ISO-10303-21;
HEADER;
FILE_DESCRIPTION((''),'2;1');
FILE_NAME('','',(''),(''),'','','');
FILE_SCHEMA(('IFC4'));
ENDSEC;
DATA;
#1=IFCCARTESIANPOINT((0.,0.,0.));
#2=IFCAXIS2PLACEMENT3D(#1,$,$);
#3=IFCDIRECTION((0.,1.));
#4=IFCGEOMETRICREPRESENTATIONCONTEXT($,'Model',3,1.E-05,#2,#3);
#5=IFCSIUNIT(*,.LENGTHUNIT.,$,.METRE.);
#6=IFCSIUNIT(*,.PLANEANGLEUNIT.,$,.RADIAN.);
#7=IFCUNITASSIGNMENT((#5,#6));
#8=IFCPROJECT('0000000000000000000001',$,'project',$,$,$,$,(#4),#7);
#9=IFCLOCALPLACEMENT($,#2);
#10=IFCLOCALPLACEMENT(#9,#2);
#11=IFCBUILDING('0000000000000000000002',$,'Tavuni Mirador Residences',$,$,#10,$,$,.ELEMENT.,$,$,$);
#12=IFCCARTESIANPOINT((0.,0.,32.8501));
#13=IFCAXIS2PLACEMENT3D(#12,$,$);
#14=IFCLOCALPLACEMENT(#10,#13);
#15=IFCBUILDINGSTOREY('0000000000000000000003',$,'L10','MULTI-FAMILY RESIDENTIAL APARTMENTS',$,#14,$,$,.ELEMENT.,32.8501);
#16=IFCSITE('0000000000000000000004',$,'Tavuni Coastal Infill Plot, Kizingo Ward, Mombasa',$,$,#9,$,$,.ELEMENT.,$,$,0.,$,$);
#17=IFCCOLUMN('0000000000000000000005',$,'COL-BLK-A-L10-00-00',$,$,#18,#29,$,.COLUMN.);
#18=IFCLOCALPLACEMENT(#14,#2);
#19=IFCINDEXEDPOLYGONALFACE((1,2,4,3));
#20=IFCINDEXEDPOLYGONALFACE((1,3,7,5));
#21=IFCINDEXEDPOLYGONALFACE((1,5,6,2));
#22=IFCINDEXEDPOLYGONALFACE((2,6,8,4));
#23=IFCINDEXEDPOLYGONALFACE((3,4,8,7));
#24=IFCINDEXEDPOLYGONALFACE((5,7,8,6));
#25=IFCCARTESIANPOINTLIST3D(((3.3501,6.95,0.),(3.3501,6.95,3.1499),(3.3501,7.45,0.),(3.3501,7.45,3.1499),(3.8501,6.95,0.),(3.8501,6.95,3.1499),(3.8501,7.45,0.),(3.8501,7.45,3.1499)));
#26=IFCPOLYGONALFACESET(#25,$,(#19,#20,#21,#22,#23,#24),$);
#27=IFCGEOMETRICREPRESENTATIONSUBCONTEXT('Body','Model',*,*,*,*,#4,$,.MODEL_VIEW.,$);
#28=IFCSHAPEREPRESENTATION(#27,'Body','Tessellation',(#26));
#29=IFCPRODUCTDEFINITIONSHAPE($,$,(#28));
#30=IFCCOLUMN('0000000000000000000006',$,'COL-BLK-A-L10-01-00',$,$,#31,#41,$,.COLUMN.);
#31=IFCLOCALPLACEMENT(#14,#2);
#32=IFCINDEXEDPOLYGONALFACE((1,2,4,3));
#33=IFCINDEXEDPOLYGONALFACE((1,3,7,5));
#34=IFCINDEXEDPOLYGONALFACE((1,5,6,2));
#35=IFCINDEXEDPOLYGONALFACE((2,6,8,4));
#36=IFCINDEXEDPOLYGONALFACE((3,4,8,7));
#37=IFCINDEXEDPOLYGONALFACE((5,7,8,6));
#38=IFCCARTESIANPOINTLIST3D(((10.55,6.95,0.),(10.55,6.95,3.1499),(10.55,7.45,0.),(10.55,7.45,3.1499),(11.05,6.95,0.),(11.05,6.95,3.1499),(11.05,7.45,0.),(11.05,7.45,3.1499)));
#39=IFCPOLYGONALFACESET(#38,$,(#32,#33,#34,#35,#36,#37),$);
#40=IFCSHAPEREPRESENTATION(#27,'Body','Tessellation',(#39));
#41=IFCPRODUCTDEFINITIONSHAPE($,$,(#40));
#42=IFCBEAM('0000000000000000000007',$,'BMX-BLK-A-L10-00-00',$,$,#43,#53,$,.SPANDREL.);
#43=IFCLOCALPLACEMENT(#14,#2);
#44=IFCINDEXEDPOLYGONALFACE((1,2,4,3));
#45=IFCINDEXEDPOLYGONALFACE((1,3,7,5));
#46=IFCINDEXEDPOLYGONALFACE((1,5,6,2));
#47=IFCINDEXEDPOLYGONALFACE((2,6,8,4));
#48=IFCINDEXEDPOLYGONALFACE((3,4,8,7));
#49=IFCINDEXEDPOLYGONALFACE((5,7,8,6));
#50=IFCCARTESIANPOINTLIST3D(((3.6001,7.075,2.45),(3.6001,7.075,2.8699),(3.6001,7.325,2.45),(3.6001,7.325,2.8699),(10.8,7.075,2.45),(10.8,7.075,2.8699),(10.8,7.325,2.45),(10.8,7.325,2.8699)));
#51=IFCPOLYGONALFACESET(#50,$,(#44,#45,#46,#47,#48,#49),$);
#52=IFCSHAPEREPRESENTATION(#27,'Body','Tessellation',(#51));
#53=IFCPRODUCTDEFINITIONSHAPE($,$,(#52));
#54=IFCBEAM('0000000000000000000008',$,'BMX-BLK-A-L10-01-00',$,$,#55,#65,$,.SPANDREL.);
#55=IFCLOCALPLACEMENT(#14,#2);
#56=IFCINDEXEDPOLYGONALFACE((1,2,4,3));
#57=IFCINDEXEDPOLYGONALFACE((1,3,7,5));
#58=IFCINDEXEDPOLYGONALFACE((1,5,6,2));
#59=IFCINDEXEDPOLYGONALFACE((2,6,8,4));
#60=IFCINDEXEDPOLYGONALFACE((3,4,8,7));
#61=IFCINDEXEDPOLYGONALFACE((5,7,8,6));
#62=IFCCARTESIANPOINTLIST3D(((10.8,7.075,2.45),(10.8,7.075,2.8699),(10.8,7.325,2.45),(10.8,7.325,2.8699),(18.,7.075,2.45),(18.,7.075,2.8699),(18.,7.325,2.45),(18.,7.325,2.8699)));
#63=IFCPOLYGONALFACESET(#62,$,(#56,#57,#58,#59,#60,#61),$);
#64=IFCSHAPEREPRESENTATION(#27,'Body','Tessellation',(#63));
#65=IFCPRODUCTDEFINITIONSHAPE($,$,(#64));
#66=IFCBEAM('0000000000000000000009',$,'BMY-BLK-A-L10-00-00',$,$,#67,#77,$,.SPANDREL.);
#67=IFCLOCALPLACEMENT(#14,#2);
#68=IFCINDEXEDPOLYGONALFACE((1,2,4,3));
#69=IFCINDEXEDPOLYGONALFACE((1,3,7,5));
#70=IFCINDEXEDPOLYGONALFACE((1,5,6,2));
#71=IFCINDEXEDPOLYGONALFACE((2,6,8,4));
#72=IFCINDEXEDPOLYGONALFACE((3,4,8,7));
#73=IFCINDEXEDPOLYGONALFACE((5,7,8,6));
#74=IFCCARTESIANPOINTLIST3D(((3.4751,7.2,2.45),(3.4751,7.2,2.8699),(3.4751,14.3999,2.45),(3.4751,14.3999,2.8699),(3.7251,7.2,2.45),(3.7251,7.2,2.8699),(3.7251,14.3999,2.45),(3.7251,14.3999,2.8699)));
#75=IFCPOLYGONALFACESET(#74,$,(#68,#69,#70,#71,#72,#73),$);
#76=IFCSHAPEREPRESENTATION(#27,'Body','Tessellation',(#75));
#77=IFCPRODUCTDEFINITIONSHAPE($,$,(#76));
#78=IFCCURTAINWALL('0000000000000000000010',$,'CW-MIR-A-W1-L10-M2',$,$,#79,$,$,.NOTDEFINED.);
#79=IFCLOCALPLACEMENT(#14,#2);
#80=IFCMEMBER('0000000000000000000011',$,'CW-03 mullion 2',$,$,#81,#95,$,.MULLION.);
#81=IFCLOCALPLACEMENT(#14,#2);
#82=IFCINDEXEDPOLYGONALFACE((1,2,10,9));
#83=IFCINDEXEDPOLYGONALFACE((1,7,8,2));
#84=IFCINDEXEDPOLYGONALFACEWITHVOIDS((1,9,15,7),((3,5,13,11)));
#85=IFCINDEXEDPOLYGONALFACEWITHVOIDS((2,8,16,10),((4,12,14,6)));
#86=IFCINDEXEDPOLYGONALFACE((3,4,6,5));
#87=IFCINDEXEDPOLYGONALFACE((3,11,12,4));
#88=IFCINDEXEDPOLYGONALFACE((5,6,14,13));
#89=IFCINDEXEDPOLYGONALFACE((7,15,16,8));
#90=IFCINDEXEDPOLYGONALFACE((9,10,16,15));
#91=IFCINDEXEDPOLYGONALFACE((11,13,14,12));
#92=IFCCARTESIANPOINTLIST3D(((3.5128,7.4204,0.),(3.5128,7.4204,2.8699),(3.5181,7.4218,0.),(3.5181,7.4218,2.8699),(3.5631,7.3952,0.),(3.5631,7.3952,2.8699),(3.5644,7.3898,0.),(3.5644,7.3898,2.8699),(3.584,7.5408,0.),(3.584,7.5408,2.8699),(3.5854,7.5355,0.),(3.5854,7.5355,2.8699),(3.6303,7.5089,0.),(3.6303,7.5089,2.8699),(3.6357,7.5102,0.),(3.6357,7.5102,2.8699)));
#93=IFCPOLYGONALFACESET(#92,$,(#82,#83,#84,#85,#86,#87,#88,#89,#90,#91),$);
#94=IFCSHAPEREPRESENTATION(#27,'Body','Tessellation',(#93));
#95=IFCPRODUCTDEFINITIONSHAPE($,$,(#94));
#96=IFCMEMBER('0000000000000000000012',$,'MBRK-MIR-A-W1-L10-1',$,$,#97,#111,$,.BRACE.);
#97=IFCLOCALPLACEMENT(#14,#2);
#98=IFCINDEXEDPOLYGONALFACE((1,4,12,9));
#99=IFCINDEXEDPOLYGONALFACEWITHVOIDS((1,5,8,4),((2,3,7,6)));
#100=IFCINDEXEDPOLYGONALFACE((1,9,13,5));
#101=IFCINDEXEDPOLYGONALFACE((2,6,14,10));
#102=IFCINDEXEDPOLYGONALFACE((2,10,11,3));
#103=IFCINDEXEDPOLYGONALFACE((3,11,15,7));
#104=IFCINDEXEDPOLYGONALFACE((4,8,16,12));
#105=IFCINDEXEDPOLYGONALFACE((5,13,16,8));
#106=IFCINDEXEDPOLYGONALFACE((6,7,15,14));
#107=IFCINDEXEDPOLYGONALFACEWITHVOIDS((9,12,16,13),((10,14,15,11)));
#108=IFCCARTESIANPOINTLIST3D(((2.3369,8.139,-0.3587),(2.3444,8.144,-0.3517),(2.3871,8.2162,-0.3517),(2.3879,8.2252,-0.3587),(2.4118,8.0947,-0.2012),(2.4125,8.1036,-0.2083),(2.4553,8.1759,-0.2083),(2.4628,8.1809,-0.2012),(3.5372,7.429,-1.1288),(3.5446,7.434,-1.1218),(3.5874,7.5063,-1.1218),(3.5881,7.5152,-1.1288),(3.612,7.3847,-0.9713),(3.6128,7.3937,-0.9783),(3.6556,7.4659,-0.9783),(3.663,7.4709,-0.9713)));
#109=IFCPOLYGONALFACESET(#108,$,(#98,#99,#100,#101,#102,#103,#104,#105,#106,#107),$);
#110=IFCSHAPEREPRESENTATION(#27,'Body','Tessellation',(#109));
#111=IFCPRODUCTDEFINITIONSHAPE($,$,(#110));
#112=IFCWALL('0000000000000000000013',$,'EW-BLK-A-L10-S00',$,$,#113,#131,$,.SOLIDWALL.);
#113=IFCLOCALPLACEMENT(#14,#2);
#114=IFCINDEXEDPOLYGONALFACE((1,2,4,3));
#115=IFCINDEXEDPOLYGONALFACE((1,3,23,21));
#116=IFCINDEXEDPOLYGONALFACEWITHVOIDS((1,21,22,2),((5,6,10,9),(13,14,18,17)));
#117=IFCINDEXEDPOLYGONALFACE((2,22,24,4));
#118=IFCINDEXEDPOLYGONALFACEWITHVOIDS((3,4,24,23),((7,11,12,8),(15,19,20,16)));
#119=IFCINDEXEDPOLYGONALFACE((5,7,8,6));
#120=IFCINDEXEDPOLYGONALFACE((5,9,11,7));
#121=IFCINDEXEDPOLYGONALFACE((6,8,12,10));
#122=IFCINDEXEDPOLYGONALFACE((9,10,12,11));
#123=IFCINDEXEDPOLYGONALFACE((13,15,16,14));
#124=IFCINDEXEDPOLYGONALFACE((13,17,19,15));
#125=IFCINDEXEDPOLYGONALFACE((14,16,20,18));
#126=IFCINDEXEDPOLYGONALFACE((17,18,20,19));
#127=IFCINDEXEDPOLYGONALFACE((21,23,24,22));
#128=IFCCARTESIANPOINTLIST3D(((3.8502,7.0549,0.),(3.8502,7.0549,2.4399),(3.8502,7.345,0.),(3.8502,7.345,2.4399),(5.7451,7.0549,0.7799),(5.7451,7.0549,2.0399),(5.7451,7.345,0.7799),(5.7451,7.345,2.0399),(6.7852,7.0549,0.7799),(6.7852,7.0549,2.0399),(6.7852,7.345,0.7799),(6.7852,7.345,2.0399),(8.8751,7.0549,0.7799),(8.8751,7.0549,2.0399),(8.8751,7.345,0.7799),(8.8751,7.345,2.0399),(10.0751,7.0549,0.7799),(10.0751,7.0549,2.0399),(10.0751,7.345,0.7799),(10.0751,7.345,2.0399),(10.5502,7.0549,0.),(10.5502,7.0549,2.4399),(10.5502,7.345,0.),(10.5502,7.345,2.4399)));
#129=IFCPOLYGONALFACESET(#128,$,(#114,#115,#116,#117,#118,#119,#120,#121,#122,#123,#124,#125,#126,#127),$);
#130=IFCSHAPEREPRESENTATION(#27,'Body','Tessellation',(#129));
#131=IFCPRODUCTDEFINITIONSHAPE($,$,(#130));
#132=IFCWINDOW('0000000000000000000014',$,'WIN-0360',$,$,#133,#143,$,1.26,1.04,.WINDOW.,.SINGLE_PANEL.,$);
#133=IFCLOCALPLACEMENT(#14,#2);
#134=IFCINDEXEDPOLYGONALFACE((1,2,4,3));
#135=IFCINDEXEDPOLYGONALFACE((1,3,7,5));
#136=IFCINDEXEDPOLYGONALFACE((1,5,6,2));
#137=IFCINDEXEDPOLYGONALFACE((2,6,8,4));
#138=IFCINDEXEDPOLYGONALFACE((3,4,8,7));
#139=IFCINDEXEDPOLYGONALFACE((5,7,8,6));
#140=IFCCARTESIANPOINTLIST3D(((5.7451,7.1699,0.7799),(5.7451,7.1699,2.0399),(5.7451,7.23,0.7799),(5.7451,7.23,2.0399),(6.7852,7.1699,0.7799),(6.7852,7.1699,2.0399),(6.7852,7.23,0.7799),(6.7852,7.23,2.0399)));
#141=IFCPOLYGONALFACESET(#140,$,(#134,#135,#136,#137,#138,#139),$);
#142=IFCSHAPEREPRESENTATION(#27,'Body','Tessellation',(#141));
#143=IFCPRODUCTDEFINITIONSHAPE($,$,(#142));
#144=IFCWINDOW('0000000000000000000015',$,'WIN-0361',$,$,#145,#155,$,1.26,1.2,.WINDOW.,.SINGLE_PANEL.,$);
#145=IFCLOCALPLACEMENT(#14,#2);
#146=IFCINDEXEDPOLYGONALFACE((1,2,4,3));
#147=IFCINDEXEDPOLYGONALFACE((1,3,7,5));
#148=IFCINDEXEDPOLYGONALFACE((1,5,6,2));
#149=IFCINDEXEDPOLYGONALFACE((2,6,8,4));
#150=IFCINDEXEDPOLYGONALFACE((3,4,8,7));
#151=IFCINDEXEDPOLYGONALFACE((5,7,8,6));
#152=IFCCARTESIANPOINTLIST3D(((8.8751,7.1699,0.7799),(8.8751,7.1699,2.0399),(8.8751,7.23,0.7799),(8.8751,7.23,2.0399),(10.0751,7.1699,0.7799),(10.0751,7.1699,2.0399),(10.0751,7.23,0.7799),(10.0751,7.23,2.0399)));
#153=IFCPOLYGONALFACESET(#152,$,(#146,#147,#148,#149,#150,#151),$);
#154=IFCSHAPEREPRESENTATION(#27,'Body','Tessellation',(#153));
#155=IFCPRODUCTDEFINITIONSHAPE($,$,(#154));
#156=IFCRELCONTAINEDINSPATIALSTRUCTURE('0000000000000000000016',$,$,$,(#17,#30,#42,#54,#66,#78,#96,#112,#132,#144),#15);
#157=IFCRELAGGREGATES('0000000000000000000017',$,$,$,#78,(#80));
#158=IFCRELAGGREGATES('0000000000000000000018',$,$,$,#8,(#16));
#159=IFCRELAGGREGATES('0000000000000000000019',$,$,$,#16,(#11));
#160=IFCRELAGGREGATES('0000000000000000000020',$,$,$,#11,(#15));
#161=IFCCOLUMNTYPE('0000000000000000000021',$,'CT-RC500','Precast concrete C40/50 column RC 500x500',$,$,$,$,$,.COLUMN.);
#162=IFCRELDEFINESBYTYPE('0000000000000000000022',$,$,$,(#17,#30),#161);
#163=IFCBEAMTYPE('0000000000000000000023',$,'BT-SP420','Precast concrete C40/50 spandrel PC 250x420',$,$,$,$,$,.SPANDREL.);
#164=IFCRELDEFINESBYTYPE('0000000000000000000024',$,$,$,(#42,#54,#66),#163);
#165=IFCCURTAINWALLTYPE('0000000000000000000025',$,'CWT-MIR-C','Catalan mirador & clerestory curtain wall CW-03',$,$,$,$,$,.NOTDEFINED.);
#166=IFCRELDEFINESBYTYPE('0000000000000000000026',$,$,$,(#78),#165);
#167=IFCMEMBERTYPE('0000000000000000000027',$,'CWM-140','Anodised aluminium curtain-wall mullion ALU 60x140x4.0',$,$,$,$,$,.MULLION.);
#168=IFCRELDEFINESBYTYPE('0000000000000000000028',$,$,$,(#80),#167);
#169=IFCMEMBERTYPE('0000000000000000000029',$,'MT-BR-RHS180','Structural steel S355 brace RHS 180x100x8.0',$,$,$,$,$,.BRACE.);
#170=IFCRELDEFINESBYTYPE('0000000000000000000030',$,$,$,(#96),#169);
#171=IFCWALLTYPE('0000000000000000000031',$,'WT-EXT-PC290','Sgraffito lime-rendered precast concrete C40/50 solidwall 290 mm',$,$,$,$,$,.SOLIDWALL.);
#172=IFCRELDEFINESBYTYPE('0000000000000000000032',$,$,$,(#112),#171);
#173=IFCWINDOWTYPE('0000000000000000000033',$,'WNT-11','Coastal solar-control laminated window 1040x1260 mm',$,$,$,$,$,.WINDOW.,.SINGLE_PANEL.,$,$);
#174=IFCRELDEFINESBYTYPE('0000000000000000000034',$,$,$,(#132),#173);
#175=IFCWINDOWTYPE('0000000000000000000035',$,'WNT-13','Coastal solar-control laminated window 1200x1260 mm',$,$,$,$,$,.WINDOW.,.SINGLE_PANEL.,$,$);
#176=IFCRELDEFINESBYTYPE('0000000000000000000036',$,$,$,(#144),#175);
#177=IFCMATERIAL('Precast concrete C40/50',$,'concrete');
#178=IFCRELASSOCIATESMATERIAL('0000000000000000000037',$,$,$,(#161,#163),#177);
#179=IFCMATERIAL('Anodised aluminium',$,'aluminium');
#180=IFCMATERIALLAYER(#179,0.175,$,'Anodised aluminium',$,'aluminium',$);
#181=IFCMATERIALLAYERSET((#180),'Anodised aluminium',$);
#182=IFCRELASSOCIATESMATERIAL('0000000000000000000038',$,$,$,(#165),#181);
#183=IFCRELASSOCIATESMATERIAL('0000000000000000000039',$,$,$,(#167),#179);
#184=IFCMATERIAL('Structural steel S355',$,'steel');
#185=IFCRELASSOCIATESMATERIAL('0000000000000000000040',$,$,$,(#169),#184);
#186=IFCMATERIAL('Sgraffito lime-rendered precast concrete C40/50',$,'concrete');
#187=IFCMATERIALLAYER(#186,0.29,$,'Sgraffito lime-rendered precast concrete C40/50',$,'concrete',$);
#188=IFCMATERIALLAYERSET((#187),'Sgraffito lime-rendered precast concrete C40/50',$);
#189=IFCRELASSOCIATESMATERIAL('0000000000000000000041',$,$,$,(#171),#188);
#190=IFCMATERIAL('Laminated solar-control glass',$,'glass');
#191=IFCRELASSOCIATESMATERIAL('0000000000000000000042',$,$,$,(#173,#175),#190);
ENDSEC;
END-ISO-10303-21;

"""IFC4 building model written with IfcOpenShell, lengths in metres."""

from ifc_helpers import new_model, si_unit, direction, frame, frame_2d, origin, origin_2d, place, context, subcontext, project, spatial, rectangle, hollow_rectangle, extrude, material, layer, layer_set, material_profile, profile_set, type_object, element, fill, aggregate, save


model = new_model("IFC4")

# Units and contexts
model_context = context("Model", 3, precision=1e-05, world=origin(), true_north=direction((0.0, 1.0)))
body_context = subcontext(model_context, "Body", "Model", "MODEL_VIEW")
ifc_project = project(units=[si_unit("LENGTHUNIT", "METRE"), si_unit("PLANEANGLEUNIT", "RADIAN")], contexts=[model_context])

# Site, building, storey
site_placement = place(None, origin())
site = spatial("IfcSite", under=ifc_project, at=site_placement, Name="Tavuni Coastal Infill Plot, Kizingo Ward, Mombasa", CompositionType="ELEMENT", RefElevation=0.0)
building_placement = place(site_placement, origin())
building = spatial("IfcBuilding", under=site, at=building_placement, Name="Tavuni Mirador Residences", CompositionType="ELEMENT")
storey_placement = place(building_placement, frame((0.0, 0.0, 32.8501)))
storey = spatial("IfcBuildingStorey", under=building, at=storey_placement, Name="L10", Description="MULTI-FAMILY RESIDENTIAL APARTMENTS", CompositionType="ELEMENT", Elevation=32.8501)

# Columns
ifc_material_1 = material(Name="Precast concrete C40/50", Category="concrete")
ifc_material_profile_1 = material_profile(ifc_material_1, rectangle(XDim=0.5, YDim=0.5, at=origin_2d()), Name="RC 500x500", Category="concrete")
ifc_profile_set_1 = profile_set([ifc_material_profile_1], Name="Precast concrete C40/50")
column_type = type_object("IfcColumnType", Name="CT-RC500", Description="Precast concrete C40/50 column RC 500x500", PredefinedType="COLUMN", material=ifc_profile_set_1)
for number, where, z_axis, x_axis, name in (
    (1, (3.6001, 7.2, 0.0), (0.0, 0.0, 1.0), (1.0, 0.0, 0.0), "COL-BLK-A-L10-00-00"),
    (2, (10.8, 7.2, 0.0), (0.0, 0.0, 1.0), (1.0, 0.0, 0.0), "COL-BLK-A-L10-01-00"),
):
    element("IfcColumn", number, at=place(storey_placement, frame(where, z_axis=z_axis, x_axis=x_axis)), inside=storey, type_object=column_type, Name=name, PredefinedType="COLUMN", context=body_context, shape_type="SweptSolid", body=[
        extrude(rectangle(XDim=0.5, YDim=0.5, at=origin_2d()), origin(), (0.0, 0.0, 1.0), 3.1499),
    ])

# Beams
ifc_material_profile_2 = material_profile(ifc_material_1, rectangle(XDim=0.25, YDim=0.4199, at=origin_2d()), Name="PC 250x420", Category="concrete")
ifc_profile_set_2 = profile_set([ifc_material_profile_2], Name="Precast concrete C40/50")
beam_type = type_object("IfcBeamType", Name="BT-SP420", Description="Precast concrete C40/50 spandrel PC 250x420", PredefinedType="SPANDREL", material=ifc_profile_set_2)
for number, where, z_axis, x_axis, name in (
    (3, (3.6001, 7.2, 2.6599), (1.0, 0.0, 0.0), (0.0, 1.0, 0.0), "BMX-BLK-A-L10-00-00"),
    (4, (10.8, 7.2, 2.6599), (1.0, 0.0, 0.0), (0.0, 1.0, 0.0), "BMX-BLK-A-L10-01-00"),
    (5, (3.6001, 7.2, 2.6599), (0.0, 1.0, 0.0), (-1.0, 0.0, 0.0), "BMY-BLK-A-L10-00-00"),
):
    element("IfcBeam", number, at=place(storey_placement, frame(where, z_axis=z_axis, x_axis=x_axis)), inside=storey, type_object=beam_type, Name=name, PredefinedType="SPANDREL", context=body_context, shape_type="SweptSolid", body=[
        extrude(rectangle(XDim=0.25, YDim=0.4199, at=origin_2d()), origin(), (0.0, 0.0, 1.0), 7.2),
    ])

# Curtain wall, member
ifc_material_2 = material(Name="Anodised aluminium", Category="aluminium")
ifc_layer_1 = layer(ifc_material_2, 0.175, Name="Anodised aluminium", Category="aluminium")
ifc_layer_set_1 = layer_set([ifc_layer_1], Name="Anodised aluminium")
curtain_wall_type = type_object("IfcCurtainWallType", Name="CWT-MIR-C", Description="Catalan mirador & clerestory curtain wall CW-03", PredefinedType="NOTDEFINED", material=ifc_layer_set_1)
curtain_wall_placement = place(storey_placement, origin())
curtain_wall = element("IfcCurtainWall", 6, at=curtain_wall_placement, inside=storey, type_object=curtain_wall_type, Name="CW-MIR-A-W1-L10-M2", PredefinedType="NOTDEFINED")
ifc_material_profile_3 = material_profile(ifc_material_2, hollow_rectangle(XDim=0.0601, YDim=0.1399, WallThickness=0.0039, at=origin_2d()), Name="ALU 60x140x4.0", Category="aluminium")
ifc_profile_set_3 = profile_set([ifc_material_profile_3], Name="Anodised aluminium")
member_type_1 = type_object("IfcMemberType", Name="CWM-140", Description="Anodised aluminium curtain-wall mullion ALU 60x140x4.0", PredefinedType="MULLION", material=ifc_profile_set_3)
member_1_placement = place(storey_placement, frame((3.5742, 7.4653, 0.0), z_axis=(0.0, 0.0, 1.0), x_axis=(0.860641, -0.509212, 0.0)))
member_1 = element("IfcMember", 7, at=member_1_placement, type_object=member_type_1, Name="CW-03 mullion 2", PredefinedType="MULLION", context=body_context, shape_type="SweptSolid", body=[
    extrude(hollow_rectangle(XDim=0.0601, YDim=0.1399, WallThickness=0.0039, at=origin_2d()), origin(), (0.0, 0.0, 1.0), 2.8699),
])
aggregate(curtain_wall, [member_1])

# Member
ifc_material_3 = material(Name="Structural steel S355", Category="steel")
ifc_material_profile_4 = material_profile(ifc_material_3, hollow_rectangle(XDim=0.1001, YDim=0.1799, WallThickness=0.0081, at=origin_2d()), Name="RHS 180x100x8.0", Category="steel")
ifc_profile_set_4 = profile_set([ifc_material_profile_4], Name="Structural steel S355")
member_type_2 = type_object("IfcMemberType", Name="MT-BR-RHS180", Description="Structural steel S355 brace RHS 180x100x8.0", PredefinedType="BRACE", material=ifc_profile_set_4)
member_2_placement = place(storey_placement, frame((3.6001, 7.45, -1.05), z_axis=(-0.753449, 0.445693, 0.483397), x_axis=(-0.50913, -0.860689, 0.0)))
element("IfcMember", 8, at=member_2_placement, inside=storey, type_object=member_type_2, Name="MBRK-MIR-A-W1-L10-1", PredefinedType="BRACE", context=body_context, shape_type="SweptSolid", body=[
    extrude(hollow_rectangle(XDim=0.1001, YDim=0.1799, WallThickness=0.0081, at=origin_2d()), origin(), (0.0, 0.0, 1.0), 1.593),
])

# Wall, openings, windows
ifc_material_4 = material(Name="Sgraffito lime-rendered precast concrete C40/50", Category="concrete")
ifc_layer_2 = layer(ifc_material_4, 0.29, Name="Sgraffito lime-rendered precast concrete C40/50", Category="concrete")
ifc_layer_set_2 = layer_set([ifc_layer_2], Name="Sgraffito lime-rendered precast concrete C40/50")
wall_type_1 = type_object("IfcWallType", Name="WT-EXT-PC290", Description="Sgraffito lime-rendered precast concrete C40/50 solidwall 290 mm", PredefinedType="SOLIDWALL", material=ifc_layer_set_2)
wall_1_placement = place(storey_placement, frame((3.8501, 7.2, 0.0), z_axis=(0.0, 0.0, 1.0), x_axis=(1.0, 0.0, 0.0)))
wall_1 = element("IfcWall", 9, at=wall_1_placement, inside=storey, type_object=wall_type_1, Name="EW-BLK-A-L10-S00", PredefinedType="SOLIDWALL", context=body_context, shape_type="SweptSolid", body=[
    extrude(rectangle(XDim=6.7, YDim=0.29, at=frame_2d((3.3501, 0.0))), origin(), (0.0, 0.0, 1.0), 2.4399),
])
opening_1_placement = place(wall_1_placement, frame((1.895, 0.0, 0.78)))
opening_1 = element("IfcOpeningElement", 10, at=opening_1_placement, cuts=wall_1, PredefinedType="OPENING", context=body_context, shape_type="SweptSolid", body=[
    extrude(rectangle(XDim=1.04, YDim=1.26, at=frame_2d((0.52, 0.6299))), frame((0.0, 0.155, 0.0), z_axis=(0.0, -1.0, 0.0), x_axis=(1.0, 0.0, 0.0)), (0.0, 0.0, 1.0), 0.3101),
])
opening_2_placement = place(wall_1_placement, frame((5.0249, 0.0, 0.78)))
opening_2 = element("IfcOpeningElement", 11, at=opening_2_placement, cuts=wall_1, PredefinedType="OPENING", context=body_context, shape_type="SweptSolid", body=[
    extrude(rectangle(XDim=1.2, YDim=1.26, at=frame_2d((0.6001, 0.6299))), frame((0.0, 0.155, 0.0), z_axis=(0.0, -1.0, 0.0), x_axis=(1.0, 0.0, 0.0)), (0.0, 0.0, 1.0), 0.3101),
])
ifc_material_5 = material(Name="Laminated solar-control glass", Category="glass")
window_type_1 = type_object("IfcWindowType", Name="WNT-11", Description="Coastal solar-control laminated window 1040x1260 mm", PartitioningType="SINGLE_PANEL", PredefinedType="WINDOW", material=ifc_material_5)
window_1_placement = place(opening_1_placement, origin())
window_1 = element("IfcWindow", 12, at=window_1_placement, inside=storey, type_object=window_type_1, Name="WIN-0360", OverallHeight=1.26, OverallWidth=1.04, PartitioningType="SINGLE_PANEL", PredefinedType="WINDOW", context=body_context, shape_type="SweptSolid", body=[
    extrude(rectangle(XDim=1.04, YDim=1.26, at=frame_2d((0.52, 0.6299))), frame((0.0, 0.03, 0.0), z_axis=(0.0, -1.0, 0.0), x_axis=(1.0, 0.0, 0.0)), (0.0, 0.0, 1.0), 0.0601),
])
fill(opening_1, window_1)
window_type_2 = type_object("IfcWindowType", Name="WNT-13", Description="Coastal solar-control laminated window 1200x1260 mm", PartitioningType="SINGLE_PANEL", PredefinedType="WINDOW", material=ifc_material_5)
window_2_placement = place(opening_2_placement, origin())
window_2 = element("IfcWindow", 13, at=window_2_placement, inside=storey, type_object=window_type_2, Name="WIN-0361", OverallHeight=1.26, OverallWidth=1.2, PartitioningType="SINGLE_PANEL", PredefinedType="WINDOW", context=body_context, shape_type="SweptSolid", body=[
    extrude(rectangle(XDim=1.2, YDim=1.26, at=frame_2d((0.6001, 0.6299))), frame((0.0, 0.03, 0.0), z_axis=(0.0, -1.0, 0.0), x_axis=(1.0, 0.0, 0.0)), (0.0, 0.0, 1.0), 0.0601),
])
fill(opening_2, window_2)

save(model, "model.ifc")
